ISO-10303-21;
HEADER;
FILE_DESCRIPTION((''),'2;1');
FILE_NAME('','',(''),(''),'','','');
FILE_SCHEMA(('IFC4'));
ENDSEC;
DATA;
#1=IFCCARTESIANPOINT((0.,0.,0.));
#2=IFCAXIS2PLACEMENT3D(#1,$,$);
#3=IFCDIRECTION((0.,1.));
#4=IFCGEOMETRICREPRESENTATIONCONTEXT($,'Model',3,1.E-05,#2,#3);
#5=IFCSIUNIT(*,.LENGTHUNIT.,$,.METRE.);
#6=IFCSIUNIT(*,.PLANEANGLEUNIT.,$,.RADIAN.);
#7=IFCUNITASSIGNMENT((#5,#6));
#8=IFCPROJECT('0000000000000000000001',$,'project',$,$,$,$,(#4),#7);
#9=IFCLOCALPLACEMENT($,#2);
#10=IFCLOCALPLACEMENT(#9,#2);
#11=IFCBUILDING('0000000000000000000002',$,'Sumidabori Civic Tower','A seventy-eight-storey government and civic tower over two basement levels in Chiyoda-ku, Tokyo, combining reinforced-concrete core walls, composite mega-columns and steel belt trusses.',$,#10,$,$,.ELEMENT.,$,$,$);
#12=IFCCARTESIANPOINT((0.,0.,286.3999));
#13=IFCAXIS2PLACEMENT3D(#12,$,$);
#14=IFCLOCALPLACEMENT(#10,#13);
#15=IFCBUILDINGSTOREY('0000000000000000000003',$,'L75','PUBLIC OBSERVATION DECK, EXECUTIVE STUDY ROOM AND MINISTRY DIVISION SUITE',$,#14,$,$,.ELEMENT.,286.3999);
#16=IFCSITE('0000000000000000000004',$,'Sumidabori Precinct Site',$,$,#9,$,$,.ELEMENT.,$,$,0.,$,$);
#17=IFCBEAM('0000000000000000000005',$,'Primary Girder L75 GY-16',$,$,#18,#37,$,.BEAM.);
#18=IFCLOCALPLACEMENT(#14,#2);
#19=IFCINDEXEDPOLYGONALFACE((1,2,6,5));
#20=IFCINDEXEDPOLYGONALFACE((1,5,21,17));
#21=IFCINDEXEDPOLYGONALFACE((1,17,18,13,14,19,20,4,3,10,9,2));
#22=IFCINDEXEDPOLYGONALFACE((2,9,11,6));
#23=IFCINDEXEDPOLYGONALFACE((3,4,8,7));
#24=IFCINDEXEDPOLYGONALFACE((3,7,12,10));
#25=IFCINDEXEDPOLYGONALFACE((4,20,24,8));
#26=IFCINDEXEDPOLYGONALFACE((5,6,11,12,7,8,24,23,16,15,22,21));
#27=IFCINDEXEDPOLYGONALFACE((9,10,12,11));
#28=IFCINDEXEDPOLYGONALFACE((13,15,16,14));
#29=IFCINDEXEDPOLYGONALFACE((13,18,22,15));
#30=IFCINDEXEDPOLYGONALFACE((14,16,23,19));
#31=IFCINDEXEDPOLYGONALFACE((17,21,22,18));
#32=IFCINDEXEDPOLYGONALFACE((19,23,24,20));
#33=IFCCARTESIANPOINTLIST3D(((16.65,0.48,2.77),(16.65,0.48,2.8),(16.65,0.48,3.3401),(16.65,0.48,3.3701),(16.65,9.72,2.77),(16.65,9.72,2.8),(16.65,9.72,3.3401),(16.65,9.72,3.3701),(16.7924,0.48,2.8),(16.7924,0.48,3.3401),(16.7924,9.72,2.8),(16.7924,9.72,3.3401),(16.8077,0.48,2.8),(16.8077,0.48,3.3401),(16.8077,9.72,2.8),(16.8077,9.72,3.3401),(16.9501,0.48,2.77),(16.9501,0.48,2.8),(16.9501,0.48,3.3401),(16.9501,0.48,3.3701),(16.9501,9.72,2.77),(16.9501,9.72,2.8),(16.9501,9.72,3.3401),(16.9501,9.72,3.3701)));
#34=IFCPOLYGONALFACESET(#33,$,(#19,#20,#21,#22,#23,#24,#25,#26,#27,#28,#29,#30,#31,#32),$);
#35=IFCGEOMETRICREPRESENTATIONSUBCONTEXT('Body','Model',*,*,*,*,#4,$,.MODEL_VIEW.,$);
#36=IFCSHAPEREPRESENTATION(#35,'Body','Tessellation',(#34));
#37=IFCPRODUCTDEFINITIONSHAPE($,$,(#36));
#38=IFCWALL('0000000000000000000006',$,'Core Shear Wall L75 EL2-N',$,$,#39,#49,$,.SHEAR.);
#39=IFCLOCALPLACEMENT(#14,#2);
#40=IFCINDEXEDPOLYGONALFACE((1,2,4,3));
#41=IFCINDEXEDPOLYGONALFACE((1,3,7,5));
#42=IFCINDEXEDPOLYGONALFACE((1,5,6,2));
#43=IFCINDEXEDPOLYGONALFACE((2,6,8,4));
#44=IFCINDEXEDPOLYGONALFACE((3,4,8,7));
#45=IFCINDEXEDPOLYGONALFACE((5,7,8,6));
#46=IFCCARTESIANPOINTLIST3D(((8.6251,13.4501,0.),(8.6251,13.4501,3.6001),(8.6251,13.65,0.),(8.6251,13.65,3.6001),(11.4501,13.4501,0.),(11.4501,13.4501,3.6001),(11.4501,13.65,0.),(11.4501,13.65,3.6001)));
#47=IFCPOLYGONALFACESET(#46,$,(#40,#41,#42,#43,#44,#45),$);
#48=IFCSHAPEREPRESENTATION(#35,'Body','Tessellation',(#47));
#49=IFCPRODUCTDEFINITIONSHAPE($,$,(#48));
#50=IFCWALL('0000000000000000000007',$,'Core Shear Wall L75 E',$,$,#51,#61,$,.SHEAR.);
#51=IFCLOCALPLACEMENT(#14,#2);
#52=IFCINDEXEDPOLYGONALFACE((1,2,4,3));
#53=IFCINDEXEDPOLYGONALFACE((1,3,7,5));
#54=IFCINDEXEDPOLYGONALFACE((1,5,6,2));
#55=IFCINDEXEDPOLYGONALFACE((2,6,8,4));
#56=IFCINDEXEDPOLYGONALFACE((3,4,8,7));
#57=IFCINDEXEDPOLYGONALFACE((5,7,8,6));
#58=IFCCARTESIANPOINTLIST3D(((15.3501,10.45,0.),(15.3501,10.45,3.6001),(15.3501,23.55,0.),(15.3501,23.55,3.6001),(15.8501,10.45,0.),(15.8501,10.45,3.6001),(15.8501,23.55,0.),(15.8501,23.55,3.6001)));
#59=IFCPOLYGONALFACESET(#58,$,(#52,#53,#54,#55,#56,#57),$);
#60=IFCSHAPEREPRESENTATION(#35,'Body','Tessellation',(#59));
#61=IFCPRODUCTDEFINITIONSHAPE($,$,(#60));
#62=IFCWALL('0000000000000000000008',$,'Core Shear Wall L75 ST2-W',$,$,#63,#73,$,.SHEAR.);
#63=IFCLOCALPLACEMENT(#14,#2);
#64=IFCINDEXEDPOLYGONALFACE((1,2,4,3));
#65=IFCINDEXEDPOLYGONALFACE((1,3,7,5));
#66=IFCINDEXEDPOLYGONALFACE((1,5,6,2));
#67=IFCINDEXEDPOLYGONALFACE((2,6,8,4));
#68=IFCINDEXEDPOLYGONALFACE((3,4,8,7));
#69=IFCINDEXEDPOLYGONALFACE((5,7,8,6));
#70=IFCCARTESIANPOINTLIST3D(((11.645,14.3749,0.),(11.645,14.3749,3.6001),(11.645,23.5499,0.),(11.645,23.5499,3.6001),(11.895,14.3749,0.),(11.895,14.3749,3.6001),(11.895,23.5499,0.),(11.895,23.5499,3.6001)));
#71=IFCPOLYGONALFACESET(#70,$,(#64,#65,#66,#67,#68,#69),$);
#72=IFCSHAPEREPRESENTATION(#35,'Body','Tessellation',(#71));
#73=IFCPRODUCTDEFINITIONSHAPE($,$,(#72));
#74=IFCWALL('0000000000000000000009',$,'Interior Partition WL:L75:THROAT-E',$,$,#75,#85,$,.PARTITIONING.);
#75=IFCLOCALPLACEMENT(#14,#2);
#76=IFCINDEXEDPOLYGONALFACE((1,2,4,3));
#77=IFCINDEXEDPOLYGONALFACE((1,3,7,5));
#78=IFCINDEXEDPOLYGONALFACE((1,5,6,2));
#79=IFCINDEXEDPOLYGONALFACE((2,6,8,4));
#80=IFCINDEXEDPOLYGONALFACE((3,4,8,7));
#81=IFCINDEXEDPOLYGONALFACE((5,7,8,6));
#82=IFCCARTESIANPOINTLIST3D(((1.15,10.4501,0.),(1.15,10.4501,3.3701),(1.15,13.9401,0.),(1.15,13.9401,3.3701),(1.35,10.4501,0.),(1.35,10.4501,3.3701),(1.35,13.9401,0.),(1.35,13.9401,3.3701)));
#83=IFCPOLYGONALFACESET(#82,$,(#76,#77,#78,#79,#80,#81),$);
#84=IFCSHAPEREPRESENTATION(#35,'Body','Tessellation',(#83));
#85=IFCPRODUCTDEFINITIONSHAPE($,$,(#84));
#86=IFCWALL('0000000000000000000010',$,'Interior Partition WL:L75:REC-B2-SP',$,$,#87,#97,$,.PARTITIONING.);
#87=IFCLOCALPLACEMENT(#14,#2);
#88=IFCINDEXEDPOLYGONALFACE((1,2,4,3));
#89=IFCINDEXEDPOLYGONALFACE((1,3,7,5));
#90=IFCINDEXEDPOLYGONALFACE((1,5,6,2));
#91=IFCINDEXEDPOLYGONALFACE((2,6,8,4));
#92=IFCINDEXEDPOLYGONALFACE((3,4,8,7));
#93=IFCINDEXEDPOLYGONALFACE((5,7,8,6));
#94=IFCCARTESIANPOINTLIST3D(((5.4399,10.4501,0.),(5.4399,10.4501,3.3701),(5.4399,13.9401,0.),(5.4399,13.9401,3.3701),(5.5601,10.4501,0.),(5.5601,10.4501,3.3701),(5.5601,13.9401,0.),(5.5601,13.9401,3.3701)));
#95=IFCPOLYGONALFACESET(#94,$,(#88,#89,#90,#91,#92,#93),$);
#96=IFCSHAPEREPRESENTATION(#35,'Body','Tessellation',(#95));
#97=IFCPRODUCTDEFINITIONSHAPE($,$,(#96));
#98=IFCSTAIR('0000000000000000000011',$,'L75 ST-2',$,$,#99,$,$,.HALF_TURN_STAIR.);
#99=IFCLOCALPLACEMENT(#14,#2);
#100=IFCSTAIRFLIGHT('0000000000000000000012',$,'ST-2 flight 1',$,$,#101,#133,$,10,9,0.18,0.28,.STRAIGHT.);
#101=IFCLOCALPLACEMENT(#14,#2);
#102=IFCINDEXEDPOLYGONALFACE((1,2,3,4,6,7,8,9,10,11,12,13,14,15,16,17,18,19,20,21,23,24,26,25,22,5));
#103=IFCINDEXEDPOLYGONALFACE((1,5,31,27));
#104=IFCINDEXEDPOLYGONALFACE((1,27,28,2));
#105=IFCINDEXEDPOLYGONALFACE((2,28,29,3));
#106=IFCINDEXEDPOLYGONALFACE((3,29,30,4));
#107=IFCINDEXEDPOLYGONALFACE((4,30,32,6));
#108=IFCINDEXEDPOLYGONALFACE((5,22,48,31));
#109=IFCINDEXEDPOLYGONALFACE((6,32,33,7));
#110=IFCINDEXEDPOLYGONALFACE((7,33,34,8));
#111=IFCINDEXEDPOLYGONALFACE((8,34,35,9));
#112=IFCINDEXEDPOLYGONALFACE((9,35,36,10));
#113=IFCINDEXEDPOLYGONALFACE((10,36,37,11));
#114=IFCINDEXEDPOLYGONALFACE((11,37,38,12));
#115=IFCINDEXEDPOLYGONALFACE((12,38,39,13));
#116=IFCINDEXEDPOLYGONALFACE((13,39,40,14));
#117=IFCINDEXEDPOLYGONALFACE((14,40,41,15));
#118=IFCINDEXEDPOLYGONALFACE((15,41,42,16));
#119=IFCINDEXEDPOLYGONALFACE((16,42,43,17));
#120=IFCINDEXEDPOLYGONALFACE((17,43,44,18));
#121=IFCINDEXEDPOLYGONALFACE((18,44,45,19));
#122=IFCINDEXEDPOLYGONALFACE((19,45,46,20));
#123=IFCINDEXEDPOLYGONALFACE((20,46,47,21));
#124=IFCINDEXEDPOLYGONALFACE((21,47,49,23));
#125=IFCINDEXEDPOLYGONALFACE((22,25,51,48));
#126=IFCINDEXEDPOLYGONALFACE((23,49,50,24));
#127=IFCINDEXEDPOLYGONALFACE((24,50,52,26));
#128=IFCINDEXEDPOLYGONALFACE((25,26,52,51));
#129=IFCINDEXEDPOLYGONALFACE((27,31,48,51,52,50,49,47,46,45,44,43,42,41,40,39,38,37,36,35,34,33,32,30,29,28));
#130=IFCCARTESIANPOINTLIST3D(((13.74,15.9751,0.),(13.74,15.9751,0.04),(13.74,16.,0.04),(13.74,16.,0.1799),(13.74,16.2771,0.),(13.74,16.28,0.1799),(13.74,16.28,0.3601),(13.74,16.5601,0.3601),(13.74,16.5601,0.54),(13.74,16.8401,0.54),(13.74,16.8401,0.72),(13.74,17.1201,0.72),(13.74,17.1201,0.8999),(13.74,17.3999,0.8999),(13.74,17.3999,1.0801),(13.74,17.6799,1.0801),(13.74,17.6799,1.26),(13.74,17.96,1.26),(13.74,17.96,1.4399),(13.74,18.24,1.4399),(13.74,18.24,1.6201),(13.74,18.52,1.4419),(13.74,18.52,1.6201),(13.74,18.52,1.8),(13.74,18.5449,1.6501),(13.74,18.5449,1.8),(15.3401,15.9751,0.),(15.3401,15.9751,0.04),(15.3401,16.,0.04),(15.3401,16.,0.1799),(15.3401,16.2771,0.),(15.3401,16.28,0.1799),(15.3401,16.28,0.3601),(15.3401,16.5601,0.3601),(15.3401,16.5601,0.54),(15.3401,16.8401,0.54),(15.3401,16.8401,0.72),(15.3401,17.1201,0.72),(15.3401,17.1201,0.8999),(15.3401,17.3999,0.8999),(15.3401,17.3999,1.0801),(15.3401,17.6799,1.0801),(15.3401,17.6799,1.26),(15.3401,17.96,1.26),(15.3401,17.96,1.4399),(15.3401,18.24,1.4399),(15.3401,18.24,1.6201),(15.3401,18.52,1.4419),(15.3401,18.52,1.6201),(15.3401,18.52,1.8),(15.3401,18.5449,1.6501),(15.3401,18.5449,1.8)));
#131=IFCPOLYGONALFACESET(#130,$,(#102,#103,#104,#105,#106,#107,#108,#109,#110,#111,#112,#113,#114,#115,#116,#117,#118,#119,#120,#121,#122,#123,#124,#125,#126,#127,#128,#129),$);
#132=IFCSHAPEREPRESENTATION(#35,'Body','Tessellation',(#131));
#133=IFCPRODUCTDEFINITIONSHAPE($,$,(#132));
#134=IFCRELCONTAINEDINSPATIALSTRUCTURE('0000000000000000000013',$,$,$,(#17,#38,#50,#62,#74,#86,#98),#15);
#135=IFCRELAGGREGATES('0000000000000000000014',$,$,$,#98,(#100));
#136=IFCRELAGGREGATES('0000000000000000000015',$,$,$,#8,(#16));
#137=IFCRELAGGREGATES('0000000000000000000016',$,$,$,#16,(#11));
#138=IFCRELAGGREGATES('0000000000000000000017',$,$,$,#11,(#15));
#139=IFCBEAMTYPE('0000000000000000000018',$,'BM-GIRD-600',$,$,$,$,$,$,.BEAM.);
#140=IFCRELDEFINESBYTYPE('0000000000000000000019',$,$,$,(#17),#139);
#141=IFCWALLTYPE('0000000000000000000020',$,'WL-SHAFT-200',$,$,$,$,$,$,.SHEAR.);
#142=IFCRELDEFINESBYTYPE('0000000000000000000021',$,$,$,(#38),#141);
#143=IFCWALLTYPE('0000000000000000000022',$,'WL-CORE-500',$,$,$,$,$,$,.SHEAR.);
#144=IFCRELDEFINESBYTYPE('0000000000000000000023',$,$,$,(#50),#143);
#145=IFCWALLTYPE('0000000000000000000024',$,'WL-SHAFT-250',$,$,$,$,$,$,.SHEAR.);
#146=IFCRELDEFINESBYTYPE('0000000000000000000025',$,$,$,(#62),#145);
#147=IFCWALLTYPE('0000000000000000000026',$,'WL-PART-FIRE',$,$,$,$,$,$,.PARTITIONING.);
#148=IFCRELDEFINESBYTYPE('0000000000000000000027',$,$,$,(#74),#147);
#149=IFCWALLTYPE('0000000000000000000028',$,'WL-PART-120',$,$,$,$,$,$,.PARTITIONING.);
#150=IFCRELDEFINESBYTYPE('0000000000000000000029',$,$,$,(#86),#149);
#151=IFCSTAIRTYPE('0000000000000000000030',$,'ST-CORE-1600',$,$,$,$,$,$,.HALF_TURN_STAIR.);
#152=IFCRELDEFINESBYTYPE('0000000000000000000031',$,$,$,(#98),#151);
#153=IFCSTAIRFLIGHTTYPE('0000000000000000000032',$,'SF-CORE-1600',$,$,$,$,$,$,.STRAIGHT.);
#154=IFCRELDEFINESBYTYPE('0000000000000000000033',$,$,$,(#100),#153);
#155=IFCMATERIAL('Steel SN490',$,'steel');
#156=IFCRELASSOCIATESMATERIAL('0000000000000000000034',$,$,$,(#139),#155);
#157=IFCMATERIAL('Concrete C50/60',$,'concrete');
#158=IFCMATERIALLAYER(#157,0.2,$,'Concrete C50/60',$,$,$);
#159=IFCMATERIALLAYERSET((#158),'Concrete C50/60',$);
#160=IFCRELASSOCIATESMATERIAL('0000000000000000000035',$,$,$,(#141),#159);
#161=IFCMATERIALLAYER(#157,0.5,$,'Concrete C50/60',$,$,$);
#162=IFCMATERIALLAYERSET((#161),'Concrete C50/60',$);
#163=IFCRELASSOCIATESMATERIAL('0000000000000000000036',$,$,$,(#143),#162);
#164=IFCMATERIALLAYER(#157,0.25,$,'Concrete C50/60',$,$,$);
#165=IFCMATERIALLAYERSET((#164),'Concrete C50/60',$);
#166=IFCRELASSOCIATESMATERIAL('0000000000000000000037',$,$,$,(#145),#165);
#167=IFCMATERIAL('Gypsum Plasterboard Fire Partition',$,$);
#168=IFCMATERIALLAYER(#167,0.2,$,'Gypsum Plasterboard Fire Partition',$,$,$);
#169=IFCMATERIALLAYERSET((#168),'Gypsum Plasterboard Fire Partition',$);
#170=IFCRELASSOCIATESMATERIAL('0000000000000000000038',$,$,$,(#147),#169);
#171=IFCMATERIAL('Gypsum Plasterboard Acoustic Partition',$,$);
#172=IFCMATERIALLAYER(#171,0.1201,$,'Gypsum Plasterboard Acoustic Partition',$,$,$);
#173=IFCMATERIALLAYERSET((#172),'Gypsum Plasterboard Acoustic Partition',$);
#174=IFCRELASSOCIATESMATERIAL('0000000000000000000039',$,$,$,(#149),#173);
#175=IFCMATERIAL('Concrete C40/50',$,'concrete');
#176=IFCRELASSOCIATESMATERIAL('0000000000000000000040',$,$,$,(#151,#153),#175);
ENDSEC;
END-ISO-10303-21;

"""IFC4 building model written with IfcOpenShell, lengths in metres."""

from ifc_helpers import new_model, si_unit, direction, frame, frame_2d, origin, origin_2d, place, context, subcontext, project, spatial, polyline, rectangle, i_section, outline, extrude, source, transform, mapped, material, layer, layer_set, material_profile, profile_set, type_object, element, aggregate, save


model = new_model("IFC4")

# Units and contexts
model_context = context("Model", 3, precision=1e-05, world=origin(), true_north=direction((0.0, 1.0)))
body_context = subcontext(model_context, "Body", "Model", "MODEL_VIEW")
ifc_project = project(units=[si_unit("LENGTHUNIT", "METRE"), si_unit("PLANEANGLEUNIT", "RADIAN")], contexts=[model_context])

# Site, building, storey
site_placement = place(None, origin())
site = spatial("IfcSite", under=ifc_project, at=site_placement, Name="Sumidabori Precinct Site", CompositionType="ELEMENT", RefElevation=0.0)
building_placement = place(site_placement, origin())
building = spatial("IfcBuilding", under=site, at=building_placement, Name="Sumidabori Civic Tower", Description="A seventy-eight-storey government and civic tower over two basement levels in Chiyoda-ku, Tokyo, combining reinforced-concrete core walls, composite mega-columns and steel belt trusses.", CompositionType="ELEMENT")
storey_placement = place(building_placement, frame((0.0, 0.0, 286.3999)))
storey = spatial("IfcBuildingStorey", under=building, at=storey_placement, Name="L75", Description="PUBLIC OBSERVATION DECK, EXECUTIVE STUDY ROOM AND MINISTRY DIVISION SUITE", CompositionType="ELEMENT", Elevation=286.3999)

# Beam
ifc_material_1 = material(Name="Steel SN490", Category="steel")
ifc_material_profile = material_profile(ifc_material_1, i_section(OverallWidth=0.3, OverallDepth=0.6001, WebThickness=0.0154, FlangeThickness=0.03, at=origin_2d()), Name="HE 600 B")
ifc_profile_set = profile_set([ifc_material_profile], Name="Steel SN490")
beam_type = type_object("IfcBeamType", Name="BM-GIRD-600", PredefinedType="BEAM", material=ifc_profile_set)
shared_shape_1 = source(origin(), body_context, "Body", "SweptSolid", [
    extrude(i_section(OverallWidth=0.3, OverallDepth=0.6001, WebThickness=0.0154, FlangeThickness=0.03, at=origin_2d()), origin(), (0.0, 0.0, 1.0), 9.24),
])
beam_placement = place(storey_placement, frame((16.8, 0.48, 3.0701), z_axis=(0.0, 1.0, 0.0), x_axis=(-1.0, 0.0, 0.0)))
element("IfcBeam", 1, at=beam_placement, inside=storey, type_object=beam_type, Name="Primary Girder L75 GY-16", PredefinedType="BEAM", context=body_context, shape_type="MappedRepresentation", body=[
    mapped(shared_shape_1, transform((0.0, 0.0, 0.0), x_axis=(1.0, 0.0, 0.0), y_axis=(0.0, 1.0, 0.0), z_axis=(0.0, 0.0, 1.0), scale=1.0)),
])

# Walls
ifc_material_2 = material(Name="Concrete C50/60", Category="concrete")
ifc_layer_1 = layer(ifc_material_2, 0.2, Name="Concrete C50/60")
ifc_layer_set_1 = layer_set([ifc_layer_1], Name="Concrete C50/60")
wall_type_1 = type_object("IfcWallType", Name="WL-SHAFT-200", PredefinedType="SHEAR", material=ifc_layer_set_1)
shared_shape_2 = source(origin(), body_context, "Body", "SweptSolid", [
    extrude(rectangle(XDim=2.825, YDim=0.2, at=frame_2d((1.4126, 0.0))), origin(), (0.0, 0.0, 1.0), 3.6001),
])
wall_1_placement = place(storey_placement, frame((8.625, 13.55, 0.0), z_axis=(0.0, 0.0, 1.0), x_axis=(1.0, 0.0, 0.0)))
element("IfcWall", 2, at=wall_1_placement, inside=storey, type_object=wall_type_1, Name="Core Shear Wall L75 EL2-N", PredefinedType="SHEAR", context=body_context, shape_type="MappedRepresentation", body=[
    mapped(shared_shape_2, transform((0.0, 0.0, 0.0), x_axis=(1.0, 0.0, 0.0), y_axis=(0.0, 1.0, 0.0), z_axis=(0.0, 0.0, 1.0), scale=1.0)),
])
ifc_layer_2 = layer(ifc_material_2, 0.5, Name="Concrete C50/60")
ifc_layer_set_2 = layer_set([ifc_layer_2], Name="Concrete C50/60")
wall_type_2 = type_object("IfcWallType", Name="WL-CORE-500", PredefinedType="SHEAR", material=ifc_layer_set_2)
shared_shape_3 = source(origin(), body_context, "Body", "SweptSolid", [
    extrude(rectangle(XDim=13.1001, YDim=0.5, at=frame_2d((6.55, 0.0))), origin(), (0.0, 0.0, 1.0), 3.6001),
])
wall_2_placement = place(storey_placement, frame((15.6001, 10.45, 0.0), z_axis=(0.0, 0.0, 1.0), x_axis=(0.0, 1.0, 0.0)))
element("IfcWall", 3, at=wall_2_placement, inside=storey, type_object=wall_type_2, Name="Core Shear Wall L75 E", PredefinedType="SHEAR", context=body_context, shape_type="MappedRepresentation", body=[
    mapped(shared_shape_3, transform((0.0, 0.0, 0.0), x_axis=(1.0, 0.0, 0.0), y_axis=(0.0, 1.0, 0.0), z_axis=(0.0, 0.0, 1.0), scale=1.0)),
])

# Shared definitions
ifc_layer_3 = layer(ifc_material_2, 0.25, Name="Concrete C50/60")
ifc_layer_set_3 = layer_set([ifc_layer_3], Name="Concrete C50/60")
wall_type_3 = type_object("IfcWallType", Name="WL-SHAFT-250", PredefinedType="SHEAR", material=ifc_layer_set_3)

# Wall
shared_shape_4 = source(origin(), body_context, "Body", "SweptSolid", [
    extrude(rectangle(XDim=9.175, YDim=0.25, at=frame_2d((4.5874, 0.0))), origin(), (0.0, 0.0, 1.0), 3.6001),
])
wall_3_placement = place(storey_placement, frame((11.77, 14.375, 0.0), z_axis=(0.0, 0.0, 1.0), x_axis=(0.0, 1.0, 0.0)))
element("IfcWall", 4, at=wall_3_placement, inside=storey, type_object=wall_type_3, Name="Core Shear Wall L75 ST2-W", PredefinedType="SHEAR", context=body_context, shape_type="MappedRepresentation", body=[
    mapped(shared_shape_4, transform((0.0, 0.0, 0.0), x_axis=(1.0, 0.0, 0.0), y_axis=(0.0, 1.0, 0.0), z_axis=(0.0, 0.0, 1.0), scale=1.0)),
])

# Shared definitions
ifc_material_3 = material(Name="Gypsum Plasterboard Fire Partition")
ifc_layer_4 = layer(ifc_material_3, 0.2, Name="Gypsum Plasterboard Fire Partition")
ifc_layer_set_4 = layer_set([ifc_layer_4], Name="Gypsum Plasterboard Fire Partition")
wall_type_4 = type_object("IfcWallType", Name="WL-PART-FIRE", PredefinedType="PARTITIONING", material=ifc_layer_set_4)

# Walls
shared_shape_5 = source(origin(), body_context, "Body", "SweptSolid", [
    extrude(rectangle(XDim=3.49, YDim=0.2, at=frame_2d((1.7451, 0.0))), origin(), (0.0, 0.0, 1.0), 3.3701),
])
wall_4_placement = place(storey_placement, frame((1.25, 10.45, 0.0), z_axis=(0.0, 0.0, 1.0), x_axis=(0.0, 1.0, 0.0)))
element("IfcWall", 5, at=wall_4_placement, inside=storey, type_object=wall_type_4, Name="Interior Partition WL:L75:THROAT-E", PredefinedType="PARTITIONING", context=body_context, shape_type="MappedRepresentation", body=[
    mapped(shared_shape_5, transform((0.0, 0.0, 0.0), x_axis=(1.0, 0.0, 0.0), y_axis=(0.0, 1.0, 0.0), z_axis=(0.0, 0.0, 1.0), scale=1.0)),
])
ifc_material_4 = material(Name="Gypsum Plasterboard Acoustic Partition")
ifc_layer_5 = layer(ifc_material_4, 0.1201, Name="Gypsum Plasterboard Acoustic Partition")
ifc_layer_set_5 = layer_set([ifc_layer_5], Name="Gypsum Plasterboard Acoustic Partition")
wall_type_5 = type_object("IfcWallType", Name="WL-PART-120", PredefinedType="PARTITIONING", material=ifc_layer_set_5)
shared_shape_6 = source(origin(), body_context, "Body", "SweptSolid", [
    extrude(rectangle(XDim=3.49, YDim=0.1201, at=frame_2d((1.7451, 0.0))), origin(), (0.0, 0.0, 1.0), 3.3701),
])
wall_5_placement = place(storey_placement, frame((5.5, 10.45, 0.0), z_axis=(0.0, 0.0, 1.0), x_axis=(0.0, 1.0, 0.0)))
element("IfcWall", 6, at=wall_5_placement, inside=storey, type_object=wall_type_5, Name="Interior Partition WL:L75:REC-B2-SP", PredefinedType="PARTITIONING", context=body_context, shape_type="MappedRepresentation", body=[
    mapped(shared_shape_6, transform((0.0, 0.0, 0.0), x_axis=(1.0, 0.0, 0.0), y_axis=(0.0, 1.0, 0.0), z_axis=(0.0, 0.0, 1.0), scale=1.0)),
])

# Stair, stair flight
ifc_material_5 = material(Name="Concrete C40/50", Category="concrete")
stair_type = type_object("IfcStairType", Name="ST-CORE-1600", PredefinedType="HALF_TURN_STAIR", material=ifc_material_5)
stair_placement = place(storey_placement, origin())
stair = element("IfcStair", 7, at=stair_placement, inside=storey, type_object=stair_type, Name="L75 ST-2", PredefinedType="HALF_TURN_STAIR")
stair_flight_type = type_object("IfcStairFlightType", Name="SF-CORE-1600", PredefinedType="STRAIGHT", material=ifc_material_5)
shared_shape_7 = source(origin(), body_context, "Body", "SweptSolid", [
    extrude(outline(polyline([(-0.0249, 0.0), (-0.0249, 0.04), (0.0, 0.04), (0.0, 0.1799), (0.28, 0.1799), (0.28, 0.3601), (0.5601, 0.3601), (0.5601, 0.54), (0.8401, 0.54), (0.8401, 0.72), (1.1201, 0.72), (1.1201, 0.8999), (1.3999, 0.8999), (1.3999, 1.0801), (1.6799, 1.0801), (1.6799, 1.26), (1.96, 1.26), (1.96, 1.4399), (2.24, 1.4399), (2.24, 1.6201), (2.52, 1.6201), (2.52, 1.8), (2.5449, 1.8), (2.5449, 1.6501), (2.52, 1.4419), (0.2771, 0.0), (-0.0249, 0.0)])), frame((0.0, 0.8, 0.0), z_axis=(0.0, -1.0, 0.0), x_axis=(1.0, 0.0, 0.0)), (0.0, 0.0, 1.0), 1.6001),
])
stair_flight_placement = place(storey_placement, frame((14.54, 16.0, 0.0), z_axis=(0.0, 0.0, 1.0), x_axis=(0.0, 1.0, 0.0)))
stair_flight = element("IfcStairFlight", 8, at=stair_flight_placement, type_object=stair_flight_type, Name="ST-2 flight 1", NumberOfRisers=10, NumberOfTreads=9, PredefinedType="STRAIGHT", RiserHeight=0.18, TreadLength=0.28, context=body_context, shape_type="MappedRepresentation", body=[
    mapped(shared_shape_7, transform((0.0, 0.0, 0.0), x_axis=(1.0, 0.0, 0.0), y_axis=(0.0, 1.0, 0.0), z_axis=(0.0, 0.0, 1.0), scale=1.0)),
])
aggregate(stair, [stair_flight])

save(model, "model.ifc")
